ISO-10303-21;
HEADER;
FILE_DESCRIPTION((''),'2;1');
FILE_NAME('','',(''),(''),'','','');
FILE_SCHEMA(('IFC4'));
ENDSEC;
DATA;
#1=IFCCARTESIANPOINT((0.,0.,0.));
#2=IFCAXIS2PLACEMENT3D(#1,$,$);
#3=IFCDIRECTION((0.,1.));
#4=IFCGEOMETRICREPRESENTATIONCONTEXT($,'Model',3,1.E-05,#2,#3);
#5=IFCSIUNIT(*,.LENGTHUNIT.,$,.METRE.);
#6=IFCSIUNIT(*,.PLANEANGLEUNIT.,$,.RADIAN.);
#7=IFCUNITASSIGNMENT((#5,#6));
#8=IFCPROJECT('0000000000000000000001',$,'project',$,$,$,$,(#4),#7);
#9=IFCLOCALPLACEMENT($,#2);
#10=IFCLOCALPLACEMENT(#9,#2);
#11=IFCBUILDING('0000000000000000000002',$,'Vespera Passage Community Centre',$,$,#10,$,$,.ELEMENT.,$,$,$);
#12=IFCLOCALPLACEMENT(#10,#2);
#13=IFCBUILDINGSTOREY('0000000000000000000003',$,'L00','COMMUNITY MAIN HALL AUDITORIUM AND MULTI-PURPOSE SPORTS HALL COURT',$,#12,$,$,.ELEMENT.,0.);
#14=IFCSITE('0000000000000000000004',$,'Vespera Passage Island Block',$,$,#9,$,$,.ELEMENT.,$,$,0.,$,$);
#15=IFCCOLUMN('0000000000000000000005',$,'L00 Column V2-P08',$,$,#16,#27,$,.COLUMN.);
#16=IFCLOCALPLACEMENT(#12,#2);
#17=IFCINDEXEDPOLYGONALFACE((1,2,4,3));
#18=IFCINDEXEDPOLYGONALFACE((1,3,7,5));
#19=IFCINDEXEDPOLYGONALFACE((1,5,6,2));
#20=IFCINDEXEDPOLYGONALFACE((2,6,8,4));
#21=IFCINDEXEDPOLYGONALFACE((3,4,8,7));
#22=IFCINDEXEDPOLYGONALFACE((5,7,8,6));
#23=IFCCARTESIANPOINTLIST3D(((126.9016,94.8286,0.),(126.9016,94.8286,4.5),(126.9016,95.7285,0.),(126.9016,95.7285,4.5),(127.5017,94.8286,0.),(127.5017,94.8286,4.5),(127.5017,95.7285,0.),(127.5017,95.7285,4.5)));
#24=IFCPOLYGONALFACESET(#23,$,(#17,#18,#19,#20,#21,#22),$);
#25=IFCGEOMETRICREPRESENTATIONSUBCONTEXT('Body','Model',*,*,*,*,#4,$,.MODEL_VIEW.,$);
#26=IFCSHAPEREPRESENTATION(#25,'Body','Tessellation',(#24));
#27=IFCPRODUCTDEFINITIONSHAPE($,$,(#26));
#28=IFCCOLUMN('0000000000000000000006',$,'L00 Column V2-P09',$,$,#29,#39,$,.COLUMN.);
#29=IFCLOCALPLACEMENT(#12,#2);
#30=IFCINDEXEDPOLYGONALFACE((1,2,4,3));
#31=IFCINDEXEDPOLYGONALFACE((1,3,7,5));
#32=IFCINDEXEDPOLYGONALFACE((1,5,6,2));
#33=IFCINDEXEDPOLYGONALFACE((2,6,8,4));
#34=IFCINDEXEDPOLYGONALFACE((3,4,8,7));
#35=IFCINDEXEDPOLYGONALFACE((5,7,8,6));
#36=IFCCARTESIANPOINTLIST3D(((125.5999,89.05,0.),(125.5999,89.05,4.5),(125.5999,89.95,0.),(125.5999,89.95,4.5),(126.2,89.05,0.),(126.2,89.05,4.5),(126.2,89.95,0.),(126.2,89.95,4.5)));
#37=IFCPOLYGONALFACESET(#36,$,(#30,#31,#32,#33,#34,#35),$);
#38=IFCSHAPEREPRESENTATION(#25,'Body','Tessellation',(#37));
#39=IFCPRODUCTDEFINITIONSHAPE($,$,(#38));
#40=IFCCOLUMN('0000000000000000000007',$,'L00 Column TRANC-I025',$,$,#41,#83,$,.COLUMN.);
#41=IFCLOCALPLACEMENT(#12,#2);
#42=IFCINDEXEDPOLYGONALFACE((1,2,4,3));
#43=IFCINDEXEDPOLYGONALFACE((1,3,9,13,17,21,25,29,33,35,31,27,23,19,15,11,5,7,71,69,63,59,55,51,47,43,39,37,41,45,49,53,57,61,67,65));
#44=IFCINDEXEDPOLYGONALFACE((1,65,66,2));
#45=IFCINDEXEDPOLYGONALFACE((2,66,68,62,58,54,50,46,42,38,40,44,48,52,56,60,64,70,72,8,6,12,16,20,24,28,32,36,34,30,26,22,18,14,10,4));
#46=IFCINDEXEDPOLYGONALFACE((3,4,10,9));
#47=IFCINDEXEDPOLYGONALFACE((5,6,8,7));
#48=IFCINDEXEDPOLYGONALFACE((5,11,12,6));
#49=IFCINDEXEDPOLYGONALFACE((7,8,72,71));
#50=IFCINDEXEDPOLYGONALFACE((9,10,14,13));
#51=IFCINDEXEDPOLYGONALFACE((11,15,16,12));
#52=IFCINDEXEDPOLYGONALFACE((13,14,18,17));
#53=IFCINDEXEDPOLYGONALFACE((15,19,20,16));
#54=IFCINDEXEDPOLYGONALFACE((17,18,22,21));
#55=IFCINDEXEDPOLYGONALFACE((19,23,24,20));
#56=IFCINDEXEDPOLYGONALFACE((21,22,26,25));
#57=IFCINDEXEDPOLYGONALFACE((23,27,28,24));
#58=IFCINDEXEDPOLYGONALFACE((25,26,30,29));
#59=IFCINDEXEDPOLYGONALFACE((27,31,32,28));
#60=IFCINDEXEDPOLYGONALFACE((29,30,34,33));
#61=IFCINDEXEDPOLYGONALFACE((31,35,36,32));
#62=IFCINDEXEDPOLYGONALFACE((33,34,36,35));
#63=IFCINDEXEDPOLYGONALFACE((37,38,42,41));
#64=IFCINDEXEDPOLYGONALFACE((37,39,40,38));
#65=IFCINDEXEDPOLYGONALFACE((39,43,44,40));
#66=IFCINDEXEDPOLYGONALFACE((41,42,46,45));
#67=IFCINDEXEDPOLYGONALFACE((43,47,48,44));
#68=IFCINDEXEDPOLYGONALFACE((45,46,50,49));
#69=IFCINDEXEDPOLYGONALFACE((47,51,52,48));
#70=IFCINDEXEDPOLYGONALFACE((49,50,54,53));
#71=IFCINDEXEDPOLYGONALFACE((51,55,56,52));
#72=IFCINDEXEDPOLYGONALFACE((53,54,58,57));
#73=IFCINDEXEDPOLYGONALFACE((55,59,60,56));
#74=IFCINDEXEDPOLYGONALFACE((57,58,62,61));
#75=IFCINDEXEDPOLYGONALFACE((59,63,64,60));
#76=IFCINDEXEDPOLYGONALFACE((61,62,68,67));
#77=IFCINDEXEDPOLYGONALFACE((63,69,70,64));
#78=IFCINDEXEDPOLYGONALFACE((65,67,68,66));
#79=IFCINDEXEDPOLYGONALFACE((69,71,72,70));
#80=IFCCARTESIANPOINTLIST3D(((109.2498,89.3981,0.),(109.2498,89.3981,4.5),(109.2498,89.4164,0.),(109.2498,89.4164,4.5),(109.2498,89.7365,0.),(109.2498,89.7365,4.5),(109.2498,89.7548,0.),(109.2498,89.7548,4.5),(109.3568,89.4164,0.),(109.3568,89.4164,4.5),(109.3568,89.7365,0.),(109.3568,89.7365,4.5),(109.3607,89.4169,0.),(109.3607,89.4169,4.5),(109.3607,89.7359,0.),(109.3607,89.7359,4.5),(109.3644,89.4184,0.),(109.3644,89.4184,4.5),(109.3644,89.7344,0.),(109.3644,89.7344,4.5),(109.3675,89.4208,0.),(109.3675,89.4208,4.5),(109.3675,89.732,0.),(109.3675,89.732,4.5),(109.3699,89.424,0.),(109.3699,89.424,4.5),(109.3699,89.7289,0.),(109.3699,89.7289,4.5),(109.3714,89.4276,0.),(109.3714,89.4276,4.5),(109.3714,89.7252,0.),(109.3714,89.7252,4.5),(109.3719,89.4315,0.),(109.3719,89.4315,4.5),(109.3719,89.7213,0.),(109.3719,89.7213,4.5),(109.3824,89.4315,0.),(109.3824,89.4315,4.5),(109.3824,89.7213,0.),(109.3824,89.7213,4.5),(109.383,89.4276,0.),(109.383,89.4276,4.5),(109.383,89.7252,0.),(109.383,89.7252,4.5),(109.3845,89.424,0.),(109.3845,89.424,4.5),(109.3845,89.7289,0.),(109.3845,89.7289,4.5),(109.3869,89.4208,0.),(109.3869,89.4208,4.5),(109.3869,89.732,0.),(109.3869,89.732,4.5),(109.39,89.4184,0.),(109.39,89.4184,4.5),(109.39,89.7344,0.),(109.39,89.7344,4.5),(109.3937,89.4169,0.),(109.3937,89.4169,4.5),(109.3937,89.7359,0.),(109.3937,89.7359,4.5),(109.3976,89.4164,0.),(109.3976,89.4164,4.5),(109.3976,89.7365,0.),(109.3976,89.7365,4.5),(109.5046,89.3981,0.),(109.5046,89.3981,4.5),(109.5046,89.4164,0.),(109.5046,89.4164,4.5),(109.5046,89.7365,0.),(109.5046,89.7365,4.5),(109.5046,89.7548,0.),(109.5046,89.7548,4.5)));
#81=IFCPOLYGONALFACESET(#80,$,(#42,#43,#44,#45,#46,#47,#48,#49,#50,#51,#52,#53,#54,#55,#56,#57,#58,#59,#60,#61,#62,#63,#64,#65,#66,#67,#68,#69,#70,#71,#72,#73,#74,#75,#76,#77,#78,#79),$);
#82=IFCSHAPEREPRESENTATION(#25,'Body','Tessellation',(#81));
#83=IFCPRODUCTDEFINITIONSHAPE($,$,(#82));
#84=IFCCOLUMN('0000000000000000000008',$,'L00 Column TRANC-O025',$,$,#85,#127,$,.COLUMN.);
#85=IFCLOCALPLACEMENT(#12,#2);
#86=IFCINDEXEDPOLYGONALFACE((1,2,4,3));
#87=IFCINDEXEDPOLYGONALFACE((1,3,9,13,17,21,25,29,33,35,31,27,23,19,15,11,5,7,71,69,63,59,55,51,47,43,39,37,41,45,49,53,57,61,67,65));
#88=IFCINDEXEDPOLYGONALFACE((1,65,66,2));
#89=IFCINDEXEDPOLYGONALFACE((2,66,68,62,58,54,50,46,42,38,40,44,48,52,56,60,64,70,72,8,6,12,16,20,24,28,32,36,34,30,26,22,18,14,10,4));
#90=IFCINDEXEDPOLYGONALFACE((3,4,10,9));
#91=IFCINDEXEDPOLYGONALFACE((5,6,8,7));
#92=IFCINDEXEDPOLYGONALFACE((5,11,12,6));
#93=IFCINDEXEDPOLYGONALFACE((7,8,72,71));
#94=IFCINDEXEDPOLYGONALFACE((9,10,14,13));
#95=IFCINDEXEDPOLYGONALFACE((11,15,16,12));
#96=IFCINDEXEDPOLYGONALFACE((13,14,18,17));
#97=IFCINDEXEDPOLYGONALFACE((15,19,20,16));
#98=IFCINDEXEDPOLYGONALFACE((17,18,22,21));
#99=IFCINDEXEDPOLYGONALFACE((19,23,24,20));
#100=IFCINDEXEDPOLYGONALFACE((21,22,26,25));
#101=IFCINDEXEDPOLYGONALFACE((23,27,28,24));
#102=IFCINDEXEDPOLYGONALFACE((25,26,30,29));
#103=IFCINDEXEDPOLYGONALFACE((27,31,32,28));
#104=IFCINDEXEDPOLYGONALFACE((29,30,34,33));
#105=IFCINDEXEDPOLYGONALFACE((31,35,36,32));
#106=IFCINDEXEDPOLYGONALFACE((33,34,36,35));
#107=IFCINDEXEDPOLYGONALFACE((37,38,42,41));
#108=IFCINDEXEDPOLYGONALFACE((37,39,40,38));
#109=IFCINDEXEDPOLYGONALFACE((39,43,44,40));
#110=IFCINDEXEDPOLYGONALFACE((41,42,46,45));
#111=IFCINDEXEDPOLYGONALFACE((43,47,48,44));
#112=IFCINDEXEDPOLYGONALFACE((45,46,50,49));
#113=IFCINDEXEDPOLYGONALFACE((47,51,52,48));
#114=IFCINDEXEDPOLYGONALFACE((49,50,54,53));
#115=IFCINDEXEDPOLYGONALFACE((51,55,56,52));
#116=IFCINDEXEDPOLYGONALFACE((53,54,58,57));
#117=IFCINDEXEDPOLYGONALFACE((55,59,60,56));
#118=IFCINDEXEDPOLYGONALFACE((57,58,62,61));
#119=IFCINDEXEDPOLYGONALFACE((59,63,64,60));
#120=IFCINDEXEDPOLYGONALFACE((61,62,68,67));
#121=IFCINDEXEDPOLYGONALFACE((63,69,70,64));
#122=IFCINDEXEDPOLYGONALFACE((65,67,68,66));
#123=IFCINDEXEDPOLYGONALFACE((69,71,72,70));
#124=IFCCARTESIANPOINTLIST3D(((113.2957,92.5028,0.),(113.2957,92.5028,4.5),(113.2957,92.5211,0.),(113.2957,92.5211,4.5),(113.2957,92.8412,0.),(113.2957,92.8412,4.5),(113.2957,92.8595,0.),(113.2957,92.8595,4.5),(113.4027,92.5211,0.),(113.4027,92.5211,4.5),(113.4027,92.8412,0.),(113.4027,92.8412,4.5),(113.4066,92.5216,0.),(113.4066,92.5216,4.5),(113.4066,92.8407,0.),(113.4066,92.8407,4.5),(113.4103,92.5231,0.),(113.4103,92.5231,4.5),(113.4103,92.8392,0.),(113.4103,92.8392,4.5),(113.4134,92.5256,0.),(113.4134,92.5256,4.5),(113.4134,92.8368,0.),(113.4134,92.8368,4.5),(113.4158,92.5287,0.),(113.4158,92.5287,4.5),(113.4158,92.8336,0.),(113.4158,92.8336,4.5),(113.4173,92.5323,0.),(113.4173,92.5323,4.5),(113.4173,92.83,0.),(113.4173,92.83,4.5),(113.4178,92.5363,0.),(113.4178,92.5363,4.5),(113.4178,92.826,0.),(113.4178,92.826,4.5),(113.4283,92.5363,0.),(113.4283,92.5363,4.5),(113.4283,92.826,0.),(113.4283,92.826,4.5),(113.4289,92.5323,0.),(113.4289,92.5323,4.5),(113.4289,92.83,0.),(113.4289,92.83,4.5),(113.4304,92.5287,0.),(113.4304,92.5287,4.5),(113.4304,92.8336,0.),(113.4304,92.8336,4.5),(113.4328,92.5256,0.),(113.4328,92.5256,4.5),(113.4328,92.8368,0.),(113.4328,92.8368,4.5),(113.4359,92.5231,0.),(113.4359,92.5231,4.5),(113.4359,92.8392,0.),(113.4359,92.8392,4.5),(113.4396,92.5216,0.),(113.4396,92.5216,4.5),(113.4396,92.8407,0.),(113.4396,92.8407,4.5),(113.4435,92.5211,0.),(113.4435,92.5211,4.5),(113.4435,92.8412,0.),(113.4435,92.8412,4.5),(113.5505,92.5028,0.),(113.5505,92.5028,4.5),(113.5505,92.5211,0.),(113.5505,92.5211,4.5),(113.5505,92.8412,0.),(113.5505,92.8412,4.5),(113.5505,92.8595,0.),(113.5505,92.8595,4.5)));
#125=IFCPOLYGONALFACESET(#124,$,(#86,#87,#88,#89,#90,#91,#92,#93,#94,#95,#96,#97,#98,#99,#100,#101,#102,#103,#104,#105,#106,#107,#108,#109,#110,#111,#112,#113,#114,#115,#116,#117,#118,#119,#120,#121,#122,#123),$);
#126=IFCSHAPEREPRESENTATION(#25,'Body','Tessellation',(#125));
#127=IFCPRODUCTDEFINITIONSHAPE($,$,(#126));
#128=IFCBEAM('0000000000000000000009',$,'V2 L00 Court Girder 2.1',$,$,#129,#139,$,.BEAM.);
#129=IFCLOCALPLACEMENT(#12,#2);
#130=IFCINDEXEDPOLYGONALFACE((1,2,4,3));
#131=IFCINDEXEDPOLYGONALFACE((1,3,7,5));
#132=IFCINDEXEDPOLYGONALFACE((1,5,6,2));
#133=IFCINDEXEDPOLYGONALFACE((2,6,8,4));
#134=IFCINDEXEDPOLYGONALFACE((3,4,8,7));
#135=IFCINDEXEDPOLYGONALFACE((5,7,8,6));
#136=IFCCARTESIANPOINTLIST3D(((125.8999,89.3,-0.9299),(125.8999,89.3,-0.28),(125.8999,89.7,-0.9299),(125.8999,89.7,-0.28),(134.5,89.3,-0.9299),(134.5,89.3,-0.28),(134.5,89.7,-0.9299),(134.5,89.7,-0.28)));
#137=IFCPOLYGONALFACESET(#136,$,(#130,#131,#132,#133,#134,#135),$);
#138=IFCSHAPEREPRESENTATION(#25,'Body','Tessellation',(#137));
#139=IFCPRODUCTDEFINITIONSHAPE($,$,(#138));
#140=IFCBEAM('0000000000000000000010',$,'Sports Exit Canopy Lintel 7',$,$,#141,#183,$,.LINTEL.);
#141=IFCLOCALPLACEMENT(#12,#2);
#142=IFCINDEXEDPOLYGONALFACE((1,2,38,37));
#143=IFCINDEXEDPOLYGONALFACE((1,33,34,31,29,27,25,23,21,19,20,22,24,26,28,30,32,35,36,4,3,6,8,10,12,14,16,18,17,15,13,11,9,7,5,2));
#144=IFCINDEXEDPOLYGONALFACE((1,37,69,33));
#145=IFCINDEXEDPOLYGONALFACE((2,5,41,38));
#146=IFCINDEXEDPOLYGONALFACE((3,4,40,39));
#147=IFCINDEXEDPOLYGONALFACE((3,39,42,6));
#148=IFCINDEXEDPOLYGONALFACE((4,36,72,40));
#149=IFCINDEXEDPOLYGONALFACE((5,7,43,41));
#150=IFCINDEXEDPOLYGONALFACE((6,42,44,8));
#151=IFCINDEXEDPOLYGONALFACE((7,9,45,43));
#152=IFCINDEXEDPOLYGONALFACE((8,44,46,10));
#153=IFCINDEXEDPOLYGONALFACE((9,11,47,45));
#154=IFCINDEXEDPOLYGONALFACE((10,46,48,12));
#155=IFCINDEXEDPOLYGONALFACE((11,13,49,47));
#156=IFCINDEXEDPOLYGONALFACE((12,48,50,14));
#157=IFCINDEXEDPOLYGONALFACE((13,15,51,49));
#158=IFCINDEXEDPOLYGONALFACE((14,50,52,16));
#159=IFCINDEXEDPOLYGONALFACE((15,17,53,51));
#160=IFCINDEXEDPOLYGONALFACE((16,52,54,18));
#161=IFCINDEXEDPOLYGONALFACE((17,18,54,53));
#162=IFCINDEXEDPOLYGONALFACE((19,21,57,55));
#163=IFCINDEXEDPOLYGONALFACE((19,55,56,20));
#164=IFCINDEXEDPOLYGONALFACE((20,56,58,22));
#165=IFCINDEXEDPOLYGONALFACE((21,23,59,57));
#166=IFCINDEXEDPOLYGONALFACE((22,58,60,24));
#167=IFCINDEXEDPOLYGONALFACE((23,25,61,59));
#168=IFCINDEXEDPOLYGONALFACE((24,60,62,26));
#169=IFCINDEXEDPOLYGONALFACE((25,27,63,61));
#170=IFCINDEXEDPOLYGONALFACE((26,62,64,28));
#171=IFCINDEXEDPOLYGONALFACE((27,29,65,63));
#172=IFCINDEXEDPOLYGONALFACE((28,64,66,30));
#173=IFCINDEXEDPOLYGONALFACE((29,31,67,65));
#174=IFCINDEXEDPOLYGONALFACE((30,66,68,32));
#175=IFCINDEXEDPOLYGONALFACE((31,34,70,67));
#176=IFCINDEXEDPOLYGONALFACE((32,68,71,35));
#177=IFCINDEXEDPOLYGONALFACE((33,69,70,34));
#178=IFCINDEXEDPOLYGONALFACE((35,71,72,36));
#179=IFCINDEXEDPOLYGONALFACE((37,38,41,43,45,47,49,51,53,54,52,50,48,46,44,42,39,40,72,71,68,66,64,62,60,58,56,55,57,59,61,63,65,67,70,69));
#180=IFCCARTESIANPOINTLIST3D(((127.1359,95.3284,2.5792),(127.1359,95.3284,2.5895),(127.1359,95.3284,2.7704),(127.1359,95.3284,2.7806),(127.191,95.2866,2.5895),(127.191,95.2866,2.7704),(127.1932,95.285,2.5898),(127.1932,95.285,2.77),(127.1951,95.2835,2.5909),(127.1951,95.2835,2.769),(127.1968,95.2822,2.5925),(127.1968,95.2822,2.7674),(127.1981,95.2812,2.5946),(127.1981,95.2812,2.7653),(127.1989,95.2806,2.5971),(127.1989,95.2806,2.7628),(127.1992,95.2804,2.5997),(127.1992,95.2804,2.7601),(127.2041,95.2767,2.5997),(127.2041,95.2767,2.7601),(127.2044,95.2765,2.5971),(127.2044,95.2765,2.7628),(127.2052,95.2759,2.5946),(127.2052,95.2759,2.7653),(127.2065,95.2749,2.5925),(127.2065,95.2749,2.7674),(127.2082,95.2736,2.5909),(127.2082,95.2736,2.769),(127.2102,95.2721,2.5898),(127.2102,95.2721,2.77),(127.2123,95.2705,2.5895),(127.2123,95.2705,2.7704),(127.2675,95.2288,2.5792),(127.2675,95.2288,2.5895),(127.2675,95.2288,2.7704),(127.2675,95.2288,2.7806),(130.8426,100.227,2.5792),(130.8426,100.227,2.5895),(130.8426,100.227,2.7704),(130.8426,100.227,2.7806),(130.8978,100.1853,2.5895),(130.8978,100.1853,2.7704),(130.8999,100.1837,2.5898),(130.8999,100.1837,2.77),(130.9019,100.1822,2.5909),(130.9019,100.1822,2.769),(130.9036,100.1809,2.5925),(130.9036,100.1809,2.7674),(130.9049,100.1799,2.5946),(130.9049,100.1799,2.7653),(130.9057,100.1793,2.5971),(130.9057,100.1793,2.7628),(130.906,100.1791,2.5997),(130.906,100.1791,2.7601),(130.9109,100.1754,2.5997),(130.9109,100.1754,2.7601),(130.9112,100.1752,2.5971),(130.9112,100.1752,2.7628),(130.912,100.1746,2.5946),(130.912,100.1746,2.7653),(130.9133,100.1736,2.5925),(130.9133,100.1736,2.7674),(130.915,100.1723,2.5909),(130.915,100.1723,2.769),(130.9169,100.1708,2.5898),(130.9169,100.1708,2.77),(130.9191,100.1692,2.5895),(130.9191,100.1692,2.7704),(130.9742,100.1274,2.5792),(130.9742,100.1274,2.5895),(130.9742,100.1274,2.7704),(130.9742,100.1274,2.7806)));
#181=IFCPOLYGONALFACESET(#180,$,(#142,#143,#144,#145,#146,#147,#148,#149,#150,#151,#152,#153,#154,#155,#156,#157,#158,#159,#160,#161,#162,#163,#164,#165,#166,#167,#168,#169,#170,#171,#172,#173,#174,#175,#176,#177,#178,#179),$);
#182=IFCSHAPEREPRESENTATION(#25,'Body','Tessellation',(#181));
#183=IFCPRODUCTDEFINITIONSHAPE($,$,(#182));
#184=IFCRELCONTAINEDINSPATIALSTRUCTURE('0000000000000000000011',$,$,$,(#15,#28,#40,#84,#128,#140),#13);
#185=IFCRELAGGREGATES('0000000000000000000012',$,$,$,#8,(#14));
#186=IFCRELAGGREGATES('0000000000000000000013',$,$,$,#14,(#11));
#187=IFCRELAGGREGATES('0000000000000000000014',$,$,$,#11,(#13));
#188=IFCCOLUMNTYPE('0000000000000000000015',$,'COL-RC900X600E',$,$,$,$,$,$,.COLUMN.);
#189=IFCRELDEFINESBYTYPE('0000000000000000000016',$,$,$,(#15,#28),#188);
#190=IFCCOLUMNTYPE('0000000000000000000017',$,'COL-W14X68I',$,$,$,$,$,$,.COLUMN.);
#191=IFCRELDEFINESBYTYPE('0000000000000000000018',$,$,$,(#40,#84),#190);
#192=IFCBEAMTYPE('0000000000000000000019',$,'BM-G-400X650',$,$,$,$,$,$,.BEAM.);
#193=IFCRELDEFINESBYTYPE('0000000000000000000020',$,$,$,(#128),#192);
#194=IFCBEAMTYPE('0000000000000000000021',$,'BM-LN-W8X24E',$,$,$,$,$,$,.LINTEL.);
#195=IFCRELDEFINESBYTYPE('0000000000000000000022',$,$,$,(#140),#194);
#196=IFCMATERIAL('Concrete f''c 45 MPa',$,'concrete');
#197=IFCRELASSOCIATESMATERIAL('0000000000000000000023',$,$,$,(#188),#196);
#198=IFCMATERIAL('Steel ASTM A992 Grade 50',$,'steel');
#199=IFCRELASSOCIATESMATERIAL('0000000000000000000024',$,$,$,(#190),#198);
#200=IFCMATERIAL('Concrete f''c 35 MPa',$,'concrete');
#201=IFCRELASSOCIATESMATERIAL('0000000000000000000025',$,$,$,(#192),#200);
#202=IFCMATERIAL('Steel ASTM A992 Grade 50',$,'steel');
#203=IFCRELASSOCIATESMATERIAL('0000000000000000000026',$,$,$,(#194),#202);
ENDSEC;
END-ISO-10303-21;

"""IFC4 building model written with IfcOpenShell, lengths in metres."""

from ifc_helpers import new_model, si_unit, direction, frame, origin, origin_2d, place, context, subcontext, project, spatial, rectangle, i_section, extrude, material, material_profile, profile_set, type_object, element, save


model = new_model("IFC4")

# Units and contexts
model_context = context("Model", 3, precision=1e-05, world=origin(), true_north=direction((0.0, 1.0)))
body_context = subcontext(model_context, "Body", "Model", "MODEL_VIEW")
ifc_project = project(units=[si_unit("LENGTHUNIT", "METRE"), si_unit("PLANEANGLEUNIT", "RADIAN")], contexts=[model_context])

# Site, building, storey
site_placement = place(None, origin())
site = spatial("IfcSite", under=ifc_project, at=site_placement, Name="Vespera Passage Island Block", CompositionType="ELEMENT", RefElevation=0.0)
building_placement = place(site_placement, origin())
building = spatial("IfcBuilding", under=site, at=building_placement, Name="Vespera Passage Community Centre", CompositionType="ELEMENT")
storey_placement = place(building_placement, origin())
storey = spatial("IfcBuildingStorey", under=building, at=storey_placement, Name="L00", Description="COMMUNITY MAIN HALL AUDITORIUM AND MULTI-PURPOSE SPORTS HALL COURT", CompositionType="ELEMENT", Elevation=0.0)

# Columns
ifc_material_1 = material(Name="Concrete f'c 45 MPa", Category="concrete")
ifc_material_profile_1 = material_profile(ifc_material_1, rectangle(XDim=0.6001, YDim=0.8999, at=origin_2d()), Name="RC900X600")
ifc_profile_set_1 = profile_set([ifc_material_profile_1], Name="Concrete f'c 45 MPa")
column_type_1 = type_object("IfcColumnType", Name="COL-RC900X600E", PredefinedType="COLUMN", material=ifc_profile_set_1)
for number, where, z_axis, x_axis, name in (
    (1, (127.2017, 95.2786, 0.0), (0.0, 0.0, 1.0), (1.0, 0.0, 0.0), "L00 Column V2-P08"),
    (2, (125.8999, 89.5, 0.0), (0.0, 0.0, 1.0), (1.0, 0.0, 0.0), "L00 Column V2-P09"),
):
    element("IfcColumn", number, at=place(storey_placement, frame(where, z_axis=z_axis, x_axis=x_axis)), inside=storey, type_object=column_type_1, Name=name, PredefinedType="COLUMN", context=body_context, shape_type="SweptSolid", body=[
        extrude(rectangle(XDim=0.6001, YDim=0.8999, at=origin_2d()), origin(), (0.0, 0.0, 1.0), 4.5),
    ])
ifc_material_2 = material(Name="Steel ASTM A992 Grade 50", Category="steel")
ifc_material_profile_2 = material_profile(ifc_material_2, i_section(OverallWidth=0.2549, OverallDepth=0.3567, WebThickness=0.0105, FlangeThickness=0.0183, FilletRadius=0.0151, at=origin_2d()), Name="W14X68")
ifc_profile_set_2 = profile_set([ifc_material_profile_2], Name="Steel ASTM A992 Grade 50")
column_type_2 = type_object("IfcColumnType", Name="COL-W14X68I", PredefinedType="COLUMN", material=ifc_profile_set_2)
for number, where, z_axis, x_axis, name in (
    (3, (109.3772, 89.5764, 0.0), (0.0, 0.0, 1.0), (1.0, 0.0, 0.0), "L00 Column TRANC-I025"),
    (4, (113.4231, 92.6812, 0.0), (0.0, 0.0, 1.0), (1.0, 0.0, 0.0), "L00 Column TRANC-O025"),
):
    element("IfcColumn", number, at=place(storey_placement, frame(where, z_axis=z_axis, x_axis=x_axis)), inside=storey, type_object=column_type_2, Name=name, PredefinedType="COLUMN", context=body_context, shape_type="SweptSolid", body=[
        extrude(i_section(OverallWidth=0.2549, OverallDepth=0.3567, WebThickness=0.0105, FlangeThickness=0.0183, FilletRadius=0.0151, at=origin_2d()), origin(), (0.0, 0.0, 1.0), 4.5),
    ])

# Beams
ifc_material_3 = material(Name="Concrete f'c 35 MPa", Category="concrete")
ifc_material_profile_3 = material_profile(ifc_material_3, rectangle(XDim=0.3999, YDim=0.6499, at=origin_2d()), Name="RC400X650")
ifc_profile_set_3 = profile_set([ifc_material_profile_3], Name="Concrete f'c 35 MPa")
beam_type_1 = type_object("IfcBeamType", Name="BM-G-400X650", PredefinedType="BEAM", material=ifc_profile_set_3)
beam_1_placement = place(storey_placement, frame((125.8999, 89.5, -0.605), z_axis=(1.0, 0.0, 0.0), x_axis=(0.0, 1.0, 0.0)))
element("IfcBeam", 5, at=beam_1_placement, inside=storey, type_object=beam_type_1, Name="V2 L00 Court Girder 2.1", PredefinedType="BEAM", context=body_context, shape_type="SweptSolid", body=[
    extrude(rectangle(XDim=0.3999, YDim=0.6499, at=origin_2d()), origin(), (0.0, 0.0, 1.0), 8.6001),
])
ifc_material_4 = material(Name="Steel ASTM A992 Grade 50", Category="steel")
ifc_material_profile_4 = material_profile(ifc_material_4, i_section(OverallWidth=0.165, OverallDepth=0.2014, WebThickness=0.0061, FlangeThickness=0.0103, FilletRadius=0.0103, at=origin_2d()), Name="W8X24")
ifc_profile_set_4 = profile_set([ifc_material_profile_4], Name="Steel ASTM A992 Grade 50")
beam_type_2 = type_object("IfcBeamType", Name="BM-LN-W8X24E", PredefinedType="LINTEL", material=ifc_profile_set_4)
beam_2_placement = place(storey_placement, frame((127.2017, 95.2786, 2.6799), z_axis=(0.603409, 0.797432, 0.0), x_axis=(-0.797432, 0.603409, 0.0)))
element("IfcBeam", 6, at=beam_2_placement, inside=storey, type_object=beam_type_2, Name="Sports Exit Canopy Lintel 7", PredefinedType="LINTEL", context=body_context, shape_type="SweptSolid", body=[
    extrude(i_section(OverallWidth=0.165, OverallDepth=0.2014, WebThickness=0.0061, FlangeThickness=0.0103, FilletRadius=0.0103, at=origin_2d()), origin(), (0.0, 0.0, 1.0), 6.1431),
])

save(model, "model.ifc")
